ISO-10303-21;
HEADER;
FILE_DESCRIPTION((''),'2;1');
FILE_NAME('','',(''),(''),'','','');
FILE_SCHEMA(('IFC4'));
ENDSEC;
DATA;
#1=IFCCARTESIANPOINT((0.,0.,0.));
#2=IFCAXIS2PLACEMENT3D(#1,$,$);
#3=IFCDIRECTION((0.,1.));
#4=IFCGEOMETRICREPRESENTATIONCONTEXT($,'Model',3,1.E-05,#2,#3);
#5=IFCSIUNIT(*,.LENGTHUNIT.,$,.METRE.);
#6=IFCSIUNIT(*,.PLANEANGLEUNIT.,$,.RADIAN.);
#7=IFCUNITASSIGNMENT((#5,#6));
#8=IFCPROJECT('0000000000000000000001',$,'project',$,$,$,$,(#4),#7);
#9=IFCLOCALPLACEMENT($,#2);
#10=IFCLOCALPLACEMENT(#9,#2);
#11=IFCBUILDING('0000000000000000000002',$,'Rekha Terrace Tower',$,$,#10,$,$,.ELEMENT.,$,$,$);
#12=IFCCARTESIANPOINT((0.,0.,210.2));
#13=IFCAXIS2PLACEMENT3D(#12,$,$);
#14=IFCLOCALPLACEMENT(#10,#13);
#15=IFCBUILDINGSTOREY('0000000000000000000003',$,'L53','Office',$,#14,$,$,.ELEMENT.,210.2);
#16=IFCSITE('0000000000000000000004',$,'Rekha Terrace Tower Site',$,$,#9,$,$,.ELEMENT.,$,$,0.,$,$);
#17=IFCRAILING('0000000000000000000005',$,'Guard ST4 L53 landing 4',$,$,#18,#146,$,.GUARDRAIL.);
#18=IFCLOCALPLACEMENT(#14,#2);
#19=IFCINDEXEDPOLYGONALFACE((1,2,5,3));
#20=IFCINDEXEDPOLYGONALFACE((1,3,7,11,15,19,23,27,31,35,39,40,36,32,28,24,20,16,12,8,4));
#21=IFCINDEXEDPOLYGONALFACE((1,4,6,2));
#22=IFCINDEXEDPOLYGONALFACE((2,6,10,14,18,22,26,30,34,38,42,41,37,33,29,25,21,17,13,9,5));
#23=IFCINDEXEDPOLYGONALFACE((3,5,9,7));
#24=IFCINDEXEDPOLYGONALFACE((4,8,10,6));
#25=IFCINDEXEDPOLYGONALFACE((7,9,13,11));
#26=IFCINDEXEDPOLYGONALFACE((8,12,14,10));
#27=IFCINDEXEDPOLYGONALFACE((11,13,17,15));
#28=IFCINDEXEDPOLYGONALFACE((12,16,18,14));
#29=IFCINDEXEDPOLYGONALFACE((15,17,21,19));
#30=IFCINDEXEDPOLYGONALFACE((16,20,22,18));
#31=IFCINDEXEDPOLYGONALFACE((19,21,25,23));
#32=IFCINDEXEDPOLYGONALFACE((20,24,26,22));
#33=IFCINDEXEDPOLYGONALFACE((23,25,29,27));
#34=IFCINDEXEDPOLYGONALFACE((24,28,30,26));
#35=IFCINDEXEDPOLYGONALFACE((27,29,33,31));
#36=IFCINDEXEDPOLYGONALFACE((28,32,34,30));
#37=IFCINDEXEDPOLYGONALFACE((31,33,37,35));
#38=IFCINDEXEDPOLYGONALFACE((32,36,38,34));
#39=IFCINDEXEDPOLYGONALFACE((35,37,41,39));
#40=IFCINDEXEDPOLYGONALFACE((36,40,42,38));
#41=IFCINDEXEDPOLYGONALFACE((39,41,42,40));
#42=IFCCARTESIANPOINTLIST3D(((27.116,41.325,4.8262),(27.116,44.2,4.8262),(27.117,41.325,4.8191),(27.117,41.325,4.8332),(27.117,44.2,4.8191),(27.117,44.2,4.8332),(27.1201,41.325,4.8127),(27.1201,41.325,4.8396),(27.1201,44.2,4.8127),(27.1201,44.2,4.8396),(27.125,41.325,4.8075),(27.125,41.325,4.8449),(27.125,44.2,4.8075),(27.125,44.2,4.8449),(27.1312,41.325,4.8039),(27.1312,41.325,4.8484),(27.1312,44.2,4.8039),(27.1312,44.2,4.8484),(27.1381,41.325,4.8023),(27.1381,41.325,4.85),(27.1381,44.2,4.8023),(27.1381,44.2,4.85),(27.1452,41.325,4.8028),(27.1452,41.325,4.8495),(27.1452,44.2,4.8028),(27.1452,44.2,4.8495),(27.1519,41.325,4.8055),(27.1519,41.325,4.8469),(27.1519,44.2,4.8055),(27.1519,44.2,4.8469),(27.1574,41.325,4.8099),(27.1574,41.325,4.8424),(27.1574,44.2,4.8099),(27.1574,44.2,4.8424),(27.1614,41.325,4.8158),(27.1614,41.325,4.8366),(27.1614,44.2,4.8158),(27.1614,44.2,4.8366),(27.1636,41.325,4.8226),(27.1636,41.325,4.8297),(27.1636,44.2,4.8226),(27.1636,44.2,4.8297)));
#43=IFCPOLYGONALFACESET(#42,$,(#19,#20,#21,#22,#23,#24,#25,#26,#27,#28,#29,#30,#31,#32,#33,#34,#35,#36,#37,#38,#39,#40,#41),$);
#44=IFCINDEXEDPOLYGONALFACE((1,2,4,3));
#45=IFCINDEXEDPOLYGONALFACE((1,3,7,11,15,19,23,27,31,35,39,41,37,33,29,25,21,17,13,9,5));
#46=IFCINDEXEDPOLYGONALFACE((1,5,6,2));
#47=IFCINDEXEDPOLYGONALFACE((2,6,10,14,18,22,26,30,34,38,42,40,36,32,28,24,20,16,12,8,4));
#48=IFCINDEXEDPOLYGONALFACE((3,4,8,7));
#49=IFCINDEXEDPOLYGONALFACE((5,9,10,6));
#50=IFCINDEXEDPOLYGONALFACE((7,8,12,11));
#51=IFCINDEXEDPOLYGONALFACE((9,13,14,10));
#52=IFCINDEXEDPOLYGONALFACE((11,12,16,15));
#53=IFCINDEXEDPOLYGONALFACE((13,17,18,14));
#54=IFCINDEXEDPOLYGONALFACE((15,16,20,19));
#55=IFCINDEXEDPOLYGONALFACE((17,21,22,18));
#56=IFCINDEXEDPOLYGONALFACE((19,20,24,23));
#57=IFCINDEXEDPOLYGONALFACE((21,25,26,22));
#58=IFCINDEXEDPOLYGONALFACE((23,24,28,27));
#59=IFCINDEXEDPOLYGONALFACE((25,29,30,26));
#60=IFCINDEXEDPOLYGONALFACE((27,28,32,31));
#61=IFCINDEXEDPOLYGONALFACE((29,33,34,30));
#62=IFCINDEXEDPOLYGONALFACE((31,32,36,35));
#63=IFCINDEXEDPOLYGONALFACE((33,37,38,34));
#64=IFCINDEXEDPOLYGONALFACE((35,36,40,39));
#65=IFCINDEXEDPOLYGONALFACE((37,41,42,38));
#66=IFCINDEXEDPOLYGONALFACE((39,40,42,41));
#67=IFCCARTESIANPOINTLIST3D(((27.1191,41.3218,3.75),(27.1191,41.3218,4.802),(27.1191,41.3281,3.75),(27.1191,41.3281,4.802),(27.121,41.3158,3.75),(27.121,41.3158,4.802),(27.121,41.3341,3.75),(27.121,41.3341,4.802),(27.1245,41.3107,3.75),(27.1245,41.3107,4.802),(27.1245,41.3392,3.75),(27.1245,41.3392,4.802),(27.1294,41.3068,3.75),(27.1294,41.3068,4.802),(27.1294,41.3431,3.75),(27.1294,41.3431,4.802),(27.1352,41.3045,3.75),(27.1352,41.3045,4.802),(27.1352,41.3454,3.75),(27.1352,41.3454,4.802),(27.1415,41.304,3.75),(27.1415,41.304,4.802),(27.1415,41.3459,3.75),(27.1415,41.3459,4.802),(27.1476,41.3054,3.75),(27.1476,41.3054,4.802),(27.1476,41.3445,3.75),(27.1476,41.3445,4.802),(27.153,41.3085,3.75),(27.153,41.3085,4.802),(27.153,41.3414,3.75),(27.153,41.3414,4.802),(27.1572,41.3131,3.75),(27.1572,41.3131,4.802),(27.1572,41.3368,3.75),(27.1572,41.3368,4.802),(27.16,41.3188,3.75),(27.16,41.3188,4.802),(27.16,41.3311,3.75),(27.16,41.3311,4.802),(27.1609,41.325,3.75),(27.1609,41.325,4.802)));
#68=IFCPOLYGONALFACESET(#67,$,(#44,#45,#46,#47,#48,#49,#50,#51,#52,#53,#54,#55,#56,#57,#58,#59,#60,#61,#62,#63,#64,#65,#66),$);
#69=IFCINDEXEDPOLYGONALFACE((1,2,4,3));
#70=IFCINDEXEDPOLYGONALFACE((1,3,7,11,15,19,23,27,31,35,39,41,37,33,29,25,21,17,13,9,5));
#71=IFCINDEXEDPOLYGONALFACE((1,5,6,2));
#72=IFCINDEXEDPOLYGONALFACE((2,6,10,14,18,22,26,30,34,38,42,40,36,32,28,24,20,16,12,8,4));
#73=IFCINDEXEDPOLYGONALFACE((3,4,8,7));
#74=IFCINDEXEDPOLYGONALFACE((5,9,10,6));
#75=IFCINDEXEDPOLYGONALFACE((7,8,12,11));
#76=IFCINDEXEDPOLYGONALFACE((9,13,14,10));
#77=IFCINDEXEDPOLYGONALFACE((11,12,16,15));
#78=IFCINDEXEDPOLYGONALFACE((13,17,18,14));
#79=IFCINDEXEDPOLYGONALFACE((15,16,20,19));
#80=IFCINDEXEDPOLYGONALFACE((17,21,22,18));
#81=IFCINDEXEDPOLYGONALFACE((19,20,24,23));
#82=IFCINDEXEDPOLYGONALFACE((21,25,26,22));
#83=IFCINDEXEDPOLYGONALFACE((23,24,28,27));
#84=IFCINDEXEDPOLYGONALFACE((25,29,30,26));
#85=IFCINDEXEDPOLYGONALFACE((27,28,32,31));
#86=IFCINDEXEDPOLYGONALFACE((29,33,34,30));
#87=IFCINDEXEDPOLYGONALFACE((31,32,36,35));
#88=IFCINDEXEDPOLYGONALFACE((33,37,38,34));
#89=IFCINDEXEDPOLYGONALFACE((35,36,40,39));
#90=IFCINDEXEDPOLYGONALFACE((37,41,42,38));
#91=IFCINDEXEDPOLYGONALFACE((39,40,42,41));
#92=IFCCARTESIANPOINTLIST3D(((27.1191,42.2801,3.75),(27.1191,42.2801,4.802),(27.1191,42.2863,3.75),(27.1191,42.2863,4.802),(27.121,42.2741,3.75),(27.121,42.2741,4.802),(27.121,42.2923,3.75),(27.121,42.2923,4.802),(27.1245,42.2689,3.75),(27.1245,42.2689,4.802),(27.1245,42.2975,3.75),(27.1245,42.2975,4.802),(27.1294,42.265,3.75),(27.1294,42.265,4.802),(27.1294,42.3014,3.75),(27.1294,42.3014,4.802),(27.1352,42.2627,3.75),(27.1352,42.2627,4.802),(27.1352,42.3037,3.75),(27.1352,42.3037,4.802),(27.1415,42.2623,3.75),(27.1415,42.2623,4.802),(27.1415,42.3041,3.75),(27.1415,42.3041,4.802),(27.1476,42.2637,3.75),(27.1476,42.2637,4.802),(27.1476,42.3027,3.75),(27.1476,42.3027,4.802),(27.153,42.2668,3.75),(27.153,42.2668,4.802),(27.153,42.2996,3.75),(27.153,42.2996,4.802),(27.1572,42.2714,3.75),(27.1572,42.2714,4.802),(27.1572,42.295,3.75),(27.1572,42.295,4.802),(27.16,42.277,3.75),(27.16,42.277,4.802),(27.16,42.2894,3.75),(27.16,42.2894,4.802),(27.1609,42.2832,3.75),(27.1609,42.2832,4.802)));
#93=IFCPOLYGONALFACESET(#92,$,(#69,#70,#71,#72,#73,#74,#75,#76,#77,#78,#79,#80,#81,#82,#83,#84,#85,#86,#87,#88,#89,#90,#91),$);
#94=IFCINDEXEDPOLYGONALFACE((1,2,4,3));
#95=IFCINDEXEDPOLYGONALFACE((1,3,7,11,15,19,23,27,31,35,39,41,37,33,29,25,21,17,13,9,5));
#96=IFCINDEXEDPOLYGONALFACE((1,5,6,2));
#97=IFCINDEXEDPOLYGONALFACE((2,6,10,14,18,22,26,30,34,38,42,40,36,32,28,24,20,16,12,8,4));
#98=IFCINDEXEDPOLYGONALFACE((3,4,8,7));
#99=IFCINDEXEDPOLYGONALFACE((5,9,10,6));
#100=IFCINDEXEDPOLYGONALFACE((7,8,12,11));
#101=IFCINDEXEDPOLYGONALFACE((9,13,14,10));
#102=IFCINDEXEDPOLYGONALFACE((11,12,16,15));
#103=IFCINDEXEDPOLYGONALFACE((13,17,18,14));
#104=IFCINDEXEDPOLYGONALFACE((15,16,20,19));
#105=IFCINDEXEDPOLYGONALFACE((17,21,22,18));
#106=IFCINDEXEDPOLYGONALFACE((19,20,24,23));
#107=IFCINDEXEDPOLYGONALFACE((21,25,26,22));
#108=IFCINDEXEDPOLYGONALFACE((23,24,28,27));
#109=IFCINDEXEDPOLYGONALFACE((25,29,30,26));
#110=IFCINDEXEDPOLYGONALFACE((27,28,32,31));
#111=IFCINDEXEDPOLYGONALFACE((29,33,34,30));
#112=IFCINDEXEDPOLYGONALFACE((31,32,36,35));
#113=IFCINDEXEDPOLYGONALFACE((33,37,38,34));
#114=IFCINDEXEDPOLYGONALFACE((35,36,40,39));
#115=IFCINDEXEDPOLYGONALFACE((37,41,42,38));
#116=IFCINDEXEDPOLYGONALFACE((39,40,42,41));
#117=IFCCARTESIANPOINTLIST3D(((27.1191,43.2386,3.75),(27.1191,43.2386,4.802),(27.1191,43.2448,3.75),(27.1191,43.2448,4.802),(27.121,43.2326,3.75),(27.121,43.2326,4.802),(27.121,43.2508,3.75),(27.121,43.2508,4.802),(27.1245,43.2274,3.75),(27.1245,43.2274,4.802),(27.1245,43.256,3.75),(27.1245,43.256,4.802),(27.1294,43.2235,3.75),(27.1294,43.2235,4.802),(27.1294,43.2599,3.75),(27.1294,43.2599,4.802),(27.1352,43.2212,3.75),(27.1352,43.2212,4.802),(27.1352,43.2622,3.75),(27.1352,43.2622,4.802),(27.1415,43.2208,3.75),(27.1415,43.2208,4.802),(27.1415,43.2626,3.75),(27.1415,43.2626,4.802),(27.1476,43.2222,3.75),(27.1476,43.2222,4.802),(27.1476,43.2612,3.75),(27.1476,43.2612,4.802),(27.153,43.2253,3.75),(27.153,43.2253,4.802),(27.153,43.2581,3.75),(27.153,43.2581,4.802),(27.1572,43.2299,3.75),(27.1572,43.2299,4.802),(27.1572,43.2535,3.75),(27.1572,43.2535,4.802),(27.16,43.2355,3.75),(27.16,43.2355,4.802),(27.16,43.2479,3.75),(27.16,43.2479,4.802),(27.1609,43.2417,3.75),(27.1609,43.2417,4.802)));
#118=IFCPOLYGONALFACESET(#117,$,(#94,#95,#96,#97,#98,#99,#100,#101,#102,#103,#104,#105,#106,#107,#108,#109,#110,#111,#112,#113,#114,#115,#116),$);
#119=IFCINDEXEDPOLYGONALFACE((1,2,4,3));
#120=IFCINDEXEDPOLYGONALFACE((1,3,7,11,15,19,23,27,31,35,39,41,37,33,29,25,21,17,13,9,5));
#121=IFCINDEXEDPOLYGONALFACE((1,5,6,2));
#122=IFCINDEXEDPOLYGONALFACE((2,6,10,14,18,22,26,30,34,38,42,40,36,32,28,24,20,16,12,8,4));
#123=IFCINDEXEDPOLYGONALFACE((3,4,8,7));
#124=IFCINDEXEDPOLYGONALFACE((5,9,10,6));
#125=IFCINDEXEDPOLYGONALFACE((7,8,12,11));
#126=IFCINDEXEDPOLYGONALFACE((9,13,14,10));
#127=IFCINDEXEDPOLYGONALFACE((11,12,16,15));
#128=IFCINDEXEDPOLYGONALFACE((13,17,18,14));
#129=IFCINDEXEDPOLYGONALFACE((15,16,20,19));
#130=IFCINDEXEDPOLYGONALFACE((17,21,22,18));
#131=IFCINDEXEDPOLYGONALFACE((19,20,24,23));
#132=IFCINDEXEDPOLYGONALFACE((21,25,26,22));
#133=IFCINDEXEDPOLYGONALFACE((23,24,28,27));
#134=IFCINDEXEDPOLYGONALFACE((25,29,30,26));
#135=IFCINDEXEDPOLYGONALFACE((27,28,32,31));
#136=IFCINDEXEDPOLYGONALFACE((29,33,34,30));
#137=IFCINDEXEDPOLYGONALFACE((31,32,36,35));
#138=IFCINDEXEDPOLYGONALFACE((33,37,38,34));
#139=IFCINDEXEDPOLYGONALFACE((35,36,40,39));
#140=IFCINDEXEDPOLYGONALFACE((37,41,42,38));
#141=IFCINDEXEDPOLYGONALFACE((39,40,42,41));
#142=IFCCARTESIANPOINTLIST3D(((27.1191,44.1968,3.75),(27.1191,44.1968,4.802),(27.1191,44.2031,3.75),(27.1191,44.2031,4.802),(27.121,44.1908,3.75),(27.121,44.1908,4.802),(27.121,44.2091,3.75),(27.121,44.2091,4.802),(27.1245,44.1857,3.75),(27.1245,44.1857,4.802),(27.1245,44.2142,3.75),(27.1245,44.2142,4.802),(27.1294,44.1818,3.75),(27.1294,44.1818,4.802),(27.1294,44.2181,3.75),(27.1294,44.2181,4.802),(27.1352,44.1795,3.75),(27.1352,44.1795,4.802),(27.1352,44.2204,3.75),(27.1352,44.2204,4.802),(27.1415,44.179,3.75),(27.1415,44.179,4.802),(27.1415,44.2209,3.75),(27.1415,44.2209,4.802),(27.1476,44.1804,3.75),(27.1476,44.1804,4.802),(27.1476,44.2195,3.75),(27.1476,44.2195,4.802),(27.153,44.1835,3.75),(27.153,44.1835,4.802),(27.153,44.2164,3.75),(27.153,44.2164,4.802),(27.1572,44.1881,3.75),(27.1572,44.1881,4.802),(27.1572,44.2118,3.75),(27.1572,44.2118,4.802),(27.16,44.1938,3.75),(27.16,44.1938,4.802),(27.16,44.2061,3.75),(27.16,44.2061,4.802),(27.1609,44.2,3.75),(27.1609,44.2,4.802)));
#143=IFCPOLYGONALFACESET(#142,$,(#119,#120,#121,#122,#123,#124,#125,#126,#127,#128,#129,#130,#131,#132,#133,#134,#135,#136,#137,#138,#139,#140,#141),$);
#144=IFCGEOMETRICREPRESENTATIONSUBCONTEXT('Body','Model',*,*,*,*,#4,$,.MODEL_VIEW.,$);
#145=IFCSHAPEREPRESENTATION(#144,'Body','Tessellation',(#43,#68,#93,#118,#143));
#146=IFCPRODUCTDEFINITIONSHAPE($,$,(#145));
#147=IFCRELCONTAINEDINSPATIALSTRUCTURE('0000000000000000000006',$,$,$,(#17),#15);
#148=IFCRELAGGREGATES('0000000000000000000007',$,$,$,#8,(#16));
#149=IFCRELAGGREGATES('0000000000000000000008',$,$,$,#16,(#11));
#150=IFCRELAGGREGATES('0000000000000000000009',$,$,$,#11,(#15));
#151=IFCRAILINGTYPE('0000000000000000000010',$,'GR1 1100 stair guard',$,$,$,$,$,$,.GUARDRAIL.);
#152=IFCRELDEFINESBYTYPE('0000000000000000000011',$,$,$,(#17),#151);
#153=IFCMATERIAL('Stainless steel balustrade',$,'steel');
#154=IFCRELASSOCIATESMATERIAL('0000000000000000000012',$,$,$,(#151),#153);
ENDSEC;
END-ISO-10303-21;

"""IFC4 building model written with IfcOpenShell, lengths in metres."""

from ifc_helpers import new_model, si_unit, direction, frame, origin, origin_2d, place, context, subcontext, project, spatial, circle, extrude, material, type_object, element, save


model = new_model("IFC4")

# Units and contexts
model_context = context("Model", 3, precision=1e-05, world=origin(), true_north=direction((0.0, 1.0)))
body_context = subcontext(model_context, "Body", "Model", "MODEL_VIEW")
ifc_project = project(units=[si_unit("LENGTHUNIT", "METRE"), si_unit("PLANEANGLEUNIT", "RADIAN")], contexts=[model_context])

# Site, building, storey
site_placement = place(None, origin())
site = spatial("IfcSite", under=ifc_project, at=site_placement, Name="Rekha Terrace Tower Site", CompositionType="ELEMENT", RefElevation=0.0)
building_placement = place(site_placement, origin())
building = spatial("IfcBuilding", under=site, at=building_placement, Name="Rekha Terrace Tower", CompositionType="ELEMENT")
storey_placement = place(building_placement, frame((0.0, 0.0, 210.2)))
storey = spatial("IfcBuildingStorey", under=building, at=storey_placement, Name="L53", Description="Office", CompositionType="ELEMENT", Elevation=210.2)

# Railing
ifc_material_1 = material(Name="Stainless steel balustrade", Category="steel")
railing_type_1 = type_object("IfcRailingType", Name="GR1 1100 stair guard", PredefinedType="GUARDRAIL", material=ifc_material_1)
railing_1_placement = place(storey_placement, frame((27.1399, 41.325, 3.75)))
element("IfcRailing", 1, at=railing_1_placement, inside=storey, type_object=railing_type_1, Name="Guard ST4 L53 landing 4", PredefinedType="GUARDRAIL", context=body_context, shape_type="SweptSolid", body=[
    extrude(circle(Radius=0.0239, at=origin_2d()), frame((0.0, 0.0, 1.0762), z_axis=(0.0, 1.0, 0.0), x_axis=(-1.0, 0.0, 0.0)), (0.0, 0.0, 1.0), 2.875),
    extrude(circle(Radius=0.021, at=origin_2d()), origin(), (0.0, 0.0, 1.0), 1.052),
    extrude(circle(Radius=0.021, at=origin_2d()), frame((0.0, 0.9583, 0.0)), (0.0, 0.0, 1.0), 1.052),
    extrude(circle(Radius=0.021, at=origin_2d()), frame((0.0, 1.9167, 0.0)), (0.0, 0.0, 1.0), 1.052),
    extrude(circle(Radius=0.021, at=origin_2d()), frame((0.0, 2.875, 0.0)), (0.0, 0.0, 1.0), 1.052),
])

save(model, "model.ifc")
